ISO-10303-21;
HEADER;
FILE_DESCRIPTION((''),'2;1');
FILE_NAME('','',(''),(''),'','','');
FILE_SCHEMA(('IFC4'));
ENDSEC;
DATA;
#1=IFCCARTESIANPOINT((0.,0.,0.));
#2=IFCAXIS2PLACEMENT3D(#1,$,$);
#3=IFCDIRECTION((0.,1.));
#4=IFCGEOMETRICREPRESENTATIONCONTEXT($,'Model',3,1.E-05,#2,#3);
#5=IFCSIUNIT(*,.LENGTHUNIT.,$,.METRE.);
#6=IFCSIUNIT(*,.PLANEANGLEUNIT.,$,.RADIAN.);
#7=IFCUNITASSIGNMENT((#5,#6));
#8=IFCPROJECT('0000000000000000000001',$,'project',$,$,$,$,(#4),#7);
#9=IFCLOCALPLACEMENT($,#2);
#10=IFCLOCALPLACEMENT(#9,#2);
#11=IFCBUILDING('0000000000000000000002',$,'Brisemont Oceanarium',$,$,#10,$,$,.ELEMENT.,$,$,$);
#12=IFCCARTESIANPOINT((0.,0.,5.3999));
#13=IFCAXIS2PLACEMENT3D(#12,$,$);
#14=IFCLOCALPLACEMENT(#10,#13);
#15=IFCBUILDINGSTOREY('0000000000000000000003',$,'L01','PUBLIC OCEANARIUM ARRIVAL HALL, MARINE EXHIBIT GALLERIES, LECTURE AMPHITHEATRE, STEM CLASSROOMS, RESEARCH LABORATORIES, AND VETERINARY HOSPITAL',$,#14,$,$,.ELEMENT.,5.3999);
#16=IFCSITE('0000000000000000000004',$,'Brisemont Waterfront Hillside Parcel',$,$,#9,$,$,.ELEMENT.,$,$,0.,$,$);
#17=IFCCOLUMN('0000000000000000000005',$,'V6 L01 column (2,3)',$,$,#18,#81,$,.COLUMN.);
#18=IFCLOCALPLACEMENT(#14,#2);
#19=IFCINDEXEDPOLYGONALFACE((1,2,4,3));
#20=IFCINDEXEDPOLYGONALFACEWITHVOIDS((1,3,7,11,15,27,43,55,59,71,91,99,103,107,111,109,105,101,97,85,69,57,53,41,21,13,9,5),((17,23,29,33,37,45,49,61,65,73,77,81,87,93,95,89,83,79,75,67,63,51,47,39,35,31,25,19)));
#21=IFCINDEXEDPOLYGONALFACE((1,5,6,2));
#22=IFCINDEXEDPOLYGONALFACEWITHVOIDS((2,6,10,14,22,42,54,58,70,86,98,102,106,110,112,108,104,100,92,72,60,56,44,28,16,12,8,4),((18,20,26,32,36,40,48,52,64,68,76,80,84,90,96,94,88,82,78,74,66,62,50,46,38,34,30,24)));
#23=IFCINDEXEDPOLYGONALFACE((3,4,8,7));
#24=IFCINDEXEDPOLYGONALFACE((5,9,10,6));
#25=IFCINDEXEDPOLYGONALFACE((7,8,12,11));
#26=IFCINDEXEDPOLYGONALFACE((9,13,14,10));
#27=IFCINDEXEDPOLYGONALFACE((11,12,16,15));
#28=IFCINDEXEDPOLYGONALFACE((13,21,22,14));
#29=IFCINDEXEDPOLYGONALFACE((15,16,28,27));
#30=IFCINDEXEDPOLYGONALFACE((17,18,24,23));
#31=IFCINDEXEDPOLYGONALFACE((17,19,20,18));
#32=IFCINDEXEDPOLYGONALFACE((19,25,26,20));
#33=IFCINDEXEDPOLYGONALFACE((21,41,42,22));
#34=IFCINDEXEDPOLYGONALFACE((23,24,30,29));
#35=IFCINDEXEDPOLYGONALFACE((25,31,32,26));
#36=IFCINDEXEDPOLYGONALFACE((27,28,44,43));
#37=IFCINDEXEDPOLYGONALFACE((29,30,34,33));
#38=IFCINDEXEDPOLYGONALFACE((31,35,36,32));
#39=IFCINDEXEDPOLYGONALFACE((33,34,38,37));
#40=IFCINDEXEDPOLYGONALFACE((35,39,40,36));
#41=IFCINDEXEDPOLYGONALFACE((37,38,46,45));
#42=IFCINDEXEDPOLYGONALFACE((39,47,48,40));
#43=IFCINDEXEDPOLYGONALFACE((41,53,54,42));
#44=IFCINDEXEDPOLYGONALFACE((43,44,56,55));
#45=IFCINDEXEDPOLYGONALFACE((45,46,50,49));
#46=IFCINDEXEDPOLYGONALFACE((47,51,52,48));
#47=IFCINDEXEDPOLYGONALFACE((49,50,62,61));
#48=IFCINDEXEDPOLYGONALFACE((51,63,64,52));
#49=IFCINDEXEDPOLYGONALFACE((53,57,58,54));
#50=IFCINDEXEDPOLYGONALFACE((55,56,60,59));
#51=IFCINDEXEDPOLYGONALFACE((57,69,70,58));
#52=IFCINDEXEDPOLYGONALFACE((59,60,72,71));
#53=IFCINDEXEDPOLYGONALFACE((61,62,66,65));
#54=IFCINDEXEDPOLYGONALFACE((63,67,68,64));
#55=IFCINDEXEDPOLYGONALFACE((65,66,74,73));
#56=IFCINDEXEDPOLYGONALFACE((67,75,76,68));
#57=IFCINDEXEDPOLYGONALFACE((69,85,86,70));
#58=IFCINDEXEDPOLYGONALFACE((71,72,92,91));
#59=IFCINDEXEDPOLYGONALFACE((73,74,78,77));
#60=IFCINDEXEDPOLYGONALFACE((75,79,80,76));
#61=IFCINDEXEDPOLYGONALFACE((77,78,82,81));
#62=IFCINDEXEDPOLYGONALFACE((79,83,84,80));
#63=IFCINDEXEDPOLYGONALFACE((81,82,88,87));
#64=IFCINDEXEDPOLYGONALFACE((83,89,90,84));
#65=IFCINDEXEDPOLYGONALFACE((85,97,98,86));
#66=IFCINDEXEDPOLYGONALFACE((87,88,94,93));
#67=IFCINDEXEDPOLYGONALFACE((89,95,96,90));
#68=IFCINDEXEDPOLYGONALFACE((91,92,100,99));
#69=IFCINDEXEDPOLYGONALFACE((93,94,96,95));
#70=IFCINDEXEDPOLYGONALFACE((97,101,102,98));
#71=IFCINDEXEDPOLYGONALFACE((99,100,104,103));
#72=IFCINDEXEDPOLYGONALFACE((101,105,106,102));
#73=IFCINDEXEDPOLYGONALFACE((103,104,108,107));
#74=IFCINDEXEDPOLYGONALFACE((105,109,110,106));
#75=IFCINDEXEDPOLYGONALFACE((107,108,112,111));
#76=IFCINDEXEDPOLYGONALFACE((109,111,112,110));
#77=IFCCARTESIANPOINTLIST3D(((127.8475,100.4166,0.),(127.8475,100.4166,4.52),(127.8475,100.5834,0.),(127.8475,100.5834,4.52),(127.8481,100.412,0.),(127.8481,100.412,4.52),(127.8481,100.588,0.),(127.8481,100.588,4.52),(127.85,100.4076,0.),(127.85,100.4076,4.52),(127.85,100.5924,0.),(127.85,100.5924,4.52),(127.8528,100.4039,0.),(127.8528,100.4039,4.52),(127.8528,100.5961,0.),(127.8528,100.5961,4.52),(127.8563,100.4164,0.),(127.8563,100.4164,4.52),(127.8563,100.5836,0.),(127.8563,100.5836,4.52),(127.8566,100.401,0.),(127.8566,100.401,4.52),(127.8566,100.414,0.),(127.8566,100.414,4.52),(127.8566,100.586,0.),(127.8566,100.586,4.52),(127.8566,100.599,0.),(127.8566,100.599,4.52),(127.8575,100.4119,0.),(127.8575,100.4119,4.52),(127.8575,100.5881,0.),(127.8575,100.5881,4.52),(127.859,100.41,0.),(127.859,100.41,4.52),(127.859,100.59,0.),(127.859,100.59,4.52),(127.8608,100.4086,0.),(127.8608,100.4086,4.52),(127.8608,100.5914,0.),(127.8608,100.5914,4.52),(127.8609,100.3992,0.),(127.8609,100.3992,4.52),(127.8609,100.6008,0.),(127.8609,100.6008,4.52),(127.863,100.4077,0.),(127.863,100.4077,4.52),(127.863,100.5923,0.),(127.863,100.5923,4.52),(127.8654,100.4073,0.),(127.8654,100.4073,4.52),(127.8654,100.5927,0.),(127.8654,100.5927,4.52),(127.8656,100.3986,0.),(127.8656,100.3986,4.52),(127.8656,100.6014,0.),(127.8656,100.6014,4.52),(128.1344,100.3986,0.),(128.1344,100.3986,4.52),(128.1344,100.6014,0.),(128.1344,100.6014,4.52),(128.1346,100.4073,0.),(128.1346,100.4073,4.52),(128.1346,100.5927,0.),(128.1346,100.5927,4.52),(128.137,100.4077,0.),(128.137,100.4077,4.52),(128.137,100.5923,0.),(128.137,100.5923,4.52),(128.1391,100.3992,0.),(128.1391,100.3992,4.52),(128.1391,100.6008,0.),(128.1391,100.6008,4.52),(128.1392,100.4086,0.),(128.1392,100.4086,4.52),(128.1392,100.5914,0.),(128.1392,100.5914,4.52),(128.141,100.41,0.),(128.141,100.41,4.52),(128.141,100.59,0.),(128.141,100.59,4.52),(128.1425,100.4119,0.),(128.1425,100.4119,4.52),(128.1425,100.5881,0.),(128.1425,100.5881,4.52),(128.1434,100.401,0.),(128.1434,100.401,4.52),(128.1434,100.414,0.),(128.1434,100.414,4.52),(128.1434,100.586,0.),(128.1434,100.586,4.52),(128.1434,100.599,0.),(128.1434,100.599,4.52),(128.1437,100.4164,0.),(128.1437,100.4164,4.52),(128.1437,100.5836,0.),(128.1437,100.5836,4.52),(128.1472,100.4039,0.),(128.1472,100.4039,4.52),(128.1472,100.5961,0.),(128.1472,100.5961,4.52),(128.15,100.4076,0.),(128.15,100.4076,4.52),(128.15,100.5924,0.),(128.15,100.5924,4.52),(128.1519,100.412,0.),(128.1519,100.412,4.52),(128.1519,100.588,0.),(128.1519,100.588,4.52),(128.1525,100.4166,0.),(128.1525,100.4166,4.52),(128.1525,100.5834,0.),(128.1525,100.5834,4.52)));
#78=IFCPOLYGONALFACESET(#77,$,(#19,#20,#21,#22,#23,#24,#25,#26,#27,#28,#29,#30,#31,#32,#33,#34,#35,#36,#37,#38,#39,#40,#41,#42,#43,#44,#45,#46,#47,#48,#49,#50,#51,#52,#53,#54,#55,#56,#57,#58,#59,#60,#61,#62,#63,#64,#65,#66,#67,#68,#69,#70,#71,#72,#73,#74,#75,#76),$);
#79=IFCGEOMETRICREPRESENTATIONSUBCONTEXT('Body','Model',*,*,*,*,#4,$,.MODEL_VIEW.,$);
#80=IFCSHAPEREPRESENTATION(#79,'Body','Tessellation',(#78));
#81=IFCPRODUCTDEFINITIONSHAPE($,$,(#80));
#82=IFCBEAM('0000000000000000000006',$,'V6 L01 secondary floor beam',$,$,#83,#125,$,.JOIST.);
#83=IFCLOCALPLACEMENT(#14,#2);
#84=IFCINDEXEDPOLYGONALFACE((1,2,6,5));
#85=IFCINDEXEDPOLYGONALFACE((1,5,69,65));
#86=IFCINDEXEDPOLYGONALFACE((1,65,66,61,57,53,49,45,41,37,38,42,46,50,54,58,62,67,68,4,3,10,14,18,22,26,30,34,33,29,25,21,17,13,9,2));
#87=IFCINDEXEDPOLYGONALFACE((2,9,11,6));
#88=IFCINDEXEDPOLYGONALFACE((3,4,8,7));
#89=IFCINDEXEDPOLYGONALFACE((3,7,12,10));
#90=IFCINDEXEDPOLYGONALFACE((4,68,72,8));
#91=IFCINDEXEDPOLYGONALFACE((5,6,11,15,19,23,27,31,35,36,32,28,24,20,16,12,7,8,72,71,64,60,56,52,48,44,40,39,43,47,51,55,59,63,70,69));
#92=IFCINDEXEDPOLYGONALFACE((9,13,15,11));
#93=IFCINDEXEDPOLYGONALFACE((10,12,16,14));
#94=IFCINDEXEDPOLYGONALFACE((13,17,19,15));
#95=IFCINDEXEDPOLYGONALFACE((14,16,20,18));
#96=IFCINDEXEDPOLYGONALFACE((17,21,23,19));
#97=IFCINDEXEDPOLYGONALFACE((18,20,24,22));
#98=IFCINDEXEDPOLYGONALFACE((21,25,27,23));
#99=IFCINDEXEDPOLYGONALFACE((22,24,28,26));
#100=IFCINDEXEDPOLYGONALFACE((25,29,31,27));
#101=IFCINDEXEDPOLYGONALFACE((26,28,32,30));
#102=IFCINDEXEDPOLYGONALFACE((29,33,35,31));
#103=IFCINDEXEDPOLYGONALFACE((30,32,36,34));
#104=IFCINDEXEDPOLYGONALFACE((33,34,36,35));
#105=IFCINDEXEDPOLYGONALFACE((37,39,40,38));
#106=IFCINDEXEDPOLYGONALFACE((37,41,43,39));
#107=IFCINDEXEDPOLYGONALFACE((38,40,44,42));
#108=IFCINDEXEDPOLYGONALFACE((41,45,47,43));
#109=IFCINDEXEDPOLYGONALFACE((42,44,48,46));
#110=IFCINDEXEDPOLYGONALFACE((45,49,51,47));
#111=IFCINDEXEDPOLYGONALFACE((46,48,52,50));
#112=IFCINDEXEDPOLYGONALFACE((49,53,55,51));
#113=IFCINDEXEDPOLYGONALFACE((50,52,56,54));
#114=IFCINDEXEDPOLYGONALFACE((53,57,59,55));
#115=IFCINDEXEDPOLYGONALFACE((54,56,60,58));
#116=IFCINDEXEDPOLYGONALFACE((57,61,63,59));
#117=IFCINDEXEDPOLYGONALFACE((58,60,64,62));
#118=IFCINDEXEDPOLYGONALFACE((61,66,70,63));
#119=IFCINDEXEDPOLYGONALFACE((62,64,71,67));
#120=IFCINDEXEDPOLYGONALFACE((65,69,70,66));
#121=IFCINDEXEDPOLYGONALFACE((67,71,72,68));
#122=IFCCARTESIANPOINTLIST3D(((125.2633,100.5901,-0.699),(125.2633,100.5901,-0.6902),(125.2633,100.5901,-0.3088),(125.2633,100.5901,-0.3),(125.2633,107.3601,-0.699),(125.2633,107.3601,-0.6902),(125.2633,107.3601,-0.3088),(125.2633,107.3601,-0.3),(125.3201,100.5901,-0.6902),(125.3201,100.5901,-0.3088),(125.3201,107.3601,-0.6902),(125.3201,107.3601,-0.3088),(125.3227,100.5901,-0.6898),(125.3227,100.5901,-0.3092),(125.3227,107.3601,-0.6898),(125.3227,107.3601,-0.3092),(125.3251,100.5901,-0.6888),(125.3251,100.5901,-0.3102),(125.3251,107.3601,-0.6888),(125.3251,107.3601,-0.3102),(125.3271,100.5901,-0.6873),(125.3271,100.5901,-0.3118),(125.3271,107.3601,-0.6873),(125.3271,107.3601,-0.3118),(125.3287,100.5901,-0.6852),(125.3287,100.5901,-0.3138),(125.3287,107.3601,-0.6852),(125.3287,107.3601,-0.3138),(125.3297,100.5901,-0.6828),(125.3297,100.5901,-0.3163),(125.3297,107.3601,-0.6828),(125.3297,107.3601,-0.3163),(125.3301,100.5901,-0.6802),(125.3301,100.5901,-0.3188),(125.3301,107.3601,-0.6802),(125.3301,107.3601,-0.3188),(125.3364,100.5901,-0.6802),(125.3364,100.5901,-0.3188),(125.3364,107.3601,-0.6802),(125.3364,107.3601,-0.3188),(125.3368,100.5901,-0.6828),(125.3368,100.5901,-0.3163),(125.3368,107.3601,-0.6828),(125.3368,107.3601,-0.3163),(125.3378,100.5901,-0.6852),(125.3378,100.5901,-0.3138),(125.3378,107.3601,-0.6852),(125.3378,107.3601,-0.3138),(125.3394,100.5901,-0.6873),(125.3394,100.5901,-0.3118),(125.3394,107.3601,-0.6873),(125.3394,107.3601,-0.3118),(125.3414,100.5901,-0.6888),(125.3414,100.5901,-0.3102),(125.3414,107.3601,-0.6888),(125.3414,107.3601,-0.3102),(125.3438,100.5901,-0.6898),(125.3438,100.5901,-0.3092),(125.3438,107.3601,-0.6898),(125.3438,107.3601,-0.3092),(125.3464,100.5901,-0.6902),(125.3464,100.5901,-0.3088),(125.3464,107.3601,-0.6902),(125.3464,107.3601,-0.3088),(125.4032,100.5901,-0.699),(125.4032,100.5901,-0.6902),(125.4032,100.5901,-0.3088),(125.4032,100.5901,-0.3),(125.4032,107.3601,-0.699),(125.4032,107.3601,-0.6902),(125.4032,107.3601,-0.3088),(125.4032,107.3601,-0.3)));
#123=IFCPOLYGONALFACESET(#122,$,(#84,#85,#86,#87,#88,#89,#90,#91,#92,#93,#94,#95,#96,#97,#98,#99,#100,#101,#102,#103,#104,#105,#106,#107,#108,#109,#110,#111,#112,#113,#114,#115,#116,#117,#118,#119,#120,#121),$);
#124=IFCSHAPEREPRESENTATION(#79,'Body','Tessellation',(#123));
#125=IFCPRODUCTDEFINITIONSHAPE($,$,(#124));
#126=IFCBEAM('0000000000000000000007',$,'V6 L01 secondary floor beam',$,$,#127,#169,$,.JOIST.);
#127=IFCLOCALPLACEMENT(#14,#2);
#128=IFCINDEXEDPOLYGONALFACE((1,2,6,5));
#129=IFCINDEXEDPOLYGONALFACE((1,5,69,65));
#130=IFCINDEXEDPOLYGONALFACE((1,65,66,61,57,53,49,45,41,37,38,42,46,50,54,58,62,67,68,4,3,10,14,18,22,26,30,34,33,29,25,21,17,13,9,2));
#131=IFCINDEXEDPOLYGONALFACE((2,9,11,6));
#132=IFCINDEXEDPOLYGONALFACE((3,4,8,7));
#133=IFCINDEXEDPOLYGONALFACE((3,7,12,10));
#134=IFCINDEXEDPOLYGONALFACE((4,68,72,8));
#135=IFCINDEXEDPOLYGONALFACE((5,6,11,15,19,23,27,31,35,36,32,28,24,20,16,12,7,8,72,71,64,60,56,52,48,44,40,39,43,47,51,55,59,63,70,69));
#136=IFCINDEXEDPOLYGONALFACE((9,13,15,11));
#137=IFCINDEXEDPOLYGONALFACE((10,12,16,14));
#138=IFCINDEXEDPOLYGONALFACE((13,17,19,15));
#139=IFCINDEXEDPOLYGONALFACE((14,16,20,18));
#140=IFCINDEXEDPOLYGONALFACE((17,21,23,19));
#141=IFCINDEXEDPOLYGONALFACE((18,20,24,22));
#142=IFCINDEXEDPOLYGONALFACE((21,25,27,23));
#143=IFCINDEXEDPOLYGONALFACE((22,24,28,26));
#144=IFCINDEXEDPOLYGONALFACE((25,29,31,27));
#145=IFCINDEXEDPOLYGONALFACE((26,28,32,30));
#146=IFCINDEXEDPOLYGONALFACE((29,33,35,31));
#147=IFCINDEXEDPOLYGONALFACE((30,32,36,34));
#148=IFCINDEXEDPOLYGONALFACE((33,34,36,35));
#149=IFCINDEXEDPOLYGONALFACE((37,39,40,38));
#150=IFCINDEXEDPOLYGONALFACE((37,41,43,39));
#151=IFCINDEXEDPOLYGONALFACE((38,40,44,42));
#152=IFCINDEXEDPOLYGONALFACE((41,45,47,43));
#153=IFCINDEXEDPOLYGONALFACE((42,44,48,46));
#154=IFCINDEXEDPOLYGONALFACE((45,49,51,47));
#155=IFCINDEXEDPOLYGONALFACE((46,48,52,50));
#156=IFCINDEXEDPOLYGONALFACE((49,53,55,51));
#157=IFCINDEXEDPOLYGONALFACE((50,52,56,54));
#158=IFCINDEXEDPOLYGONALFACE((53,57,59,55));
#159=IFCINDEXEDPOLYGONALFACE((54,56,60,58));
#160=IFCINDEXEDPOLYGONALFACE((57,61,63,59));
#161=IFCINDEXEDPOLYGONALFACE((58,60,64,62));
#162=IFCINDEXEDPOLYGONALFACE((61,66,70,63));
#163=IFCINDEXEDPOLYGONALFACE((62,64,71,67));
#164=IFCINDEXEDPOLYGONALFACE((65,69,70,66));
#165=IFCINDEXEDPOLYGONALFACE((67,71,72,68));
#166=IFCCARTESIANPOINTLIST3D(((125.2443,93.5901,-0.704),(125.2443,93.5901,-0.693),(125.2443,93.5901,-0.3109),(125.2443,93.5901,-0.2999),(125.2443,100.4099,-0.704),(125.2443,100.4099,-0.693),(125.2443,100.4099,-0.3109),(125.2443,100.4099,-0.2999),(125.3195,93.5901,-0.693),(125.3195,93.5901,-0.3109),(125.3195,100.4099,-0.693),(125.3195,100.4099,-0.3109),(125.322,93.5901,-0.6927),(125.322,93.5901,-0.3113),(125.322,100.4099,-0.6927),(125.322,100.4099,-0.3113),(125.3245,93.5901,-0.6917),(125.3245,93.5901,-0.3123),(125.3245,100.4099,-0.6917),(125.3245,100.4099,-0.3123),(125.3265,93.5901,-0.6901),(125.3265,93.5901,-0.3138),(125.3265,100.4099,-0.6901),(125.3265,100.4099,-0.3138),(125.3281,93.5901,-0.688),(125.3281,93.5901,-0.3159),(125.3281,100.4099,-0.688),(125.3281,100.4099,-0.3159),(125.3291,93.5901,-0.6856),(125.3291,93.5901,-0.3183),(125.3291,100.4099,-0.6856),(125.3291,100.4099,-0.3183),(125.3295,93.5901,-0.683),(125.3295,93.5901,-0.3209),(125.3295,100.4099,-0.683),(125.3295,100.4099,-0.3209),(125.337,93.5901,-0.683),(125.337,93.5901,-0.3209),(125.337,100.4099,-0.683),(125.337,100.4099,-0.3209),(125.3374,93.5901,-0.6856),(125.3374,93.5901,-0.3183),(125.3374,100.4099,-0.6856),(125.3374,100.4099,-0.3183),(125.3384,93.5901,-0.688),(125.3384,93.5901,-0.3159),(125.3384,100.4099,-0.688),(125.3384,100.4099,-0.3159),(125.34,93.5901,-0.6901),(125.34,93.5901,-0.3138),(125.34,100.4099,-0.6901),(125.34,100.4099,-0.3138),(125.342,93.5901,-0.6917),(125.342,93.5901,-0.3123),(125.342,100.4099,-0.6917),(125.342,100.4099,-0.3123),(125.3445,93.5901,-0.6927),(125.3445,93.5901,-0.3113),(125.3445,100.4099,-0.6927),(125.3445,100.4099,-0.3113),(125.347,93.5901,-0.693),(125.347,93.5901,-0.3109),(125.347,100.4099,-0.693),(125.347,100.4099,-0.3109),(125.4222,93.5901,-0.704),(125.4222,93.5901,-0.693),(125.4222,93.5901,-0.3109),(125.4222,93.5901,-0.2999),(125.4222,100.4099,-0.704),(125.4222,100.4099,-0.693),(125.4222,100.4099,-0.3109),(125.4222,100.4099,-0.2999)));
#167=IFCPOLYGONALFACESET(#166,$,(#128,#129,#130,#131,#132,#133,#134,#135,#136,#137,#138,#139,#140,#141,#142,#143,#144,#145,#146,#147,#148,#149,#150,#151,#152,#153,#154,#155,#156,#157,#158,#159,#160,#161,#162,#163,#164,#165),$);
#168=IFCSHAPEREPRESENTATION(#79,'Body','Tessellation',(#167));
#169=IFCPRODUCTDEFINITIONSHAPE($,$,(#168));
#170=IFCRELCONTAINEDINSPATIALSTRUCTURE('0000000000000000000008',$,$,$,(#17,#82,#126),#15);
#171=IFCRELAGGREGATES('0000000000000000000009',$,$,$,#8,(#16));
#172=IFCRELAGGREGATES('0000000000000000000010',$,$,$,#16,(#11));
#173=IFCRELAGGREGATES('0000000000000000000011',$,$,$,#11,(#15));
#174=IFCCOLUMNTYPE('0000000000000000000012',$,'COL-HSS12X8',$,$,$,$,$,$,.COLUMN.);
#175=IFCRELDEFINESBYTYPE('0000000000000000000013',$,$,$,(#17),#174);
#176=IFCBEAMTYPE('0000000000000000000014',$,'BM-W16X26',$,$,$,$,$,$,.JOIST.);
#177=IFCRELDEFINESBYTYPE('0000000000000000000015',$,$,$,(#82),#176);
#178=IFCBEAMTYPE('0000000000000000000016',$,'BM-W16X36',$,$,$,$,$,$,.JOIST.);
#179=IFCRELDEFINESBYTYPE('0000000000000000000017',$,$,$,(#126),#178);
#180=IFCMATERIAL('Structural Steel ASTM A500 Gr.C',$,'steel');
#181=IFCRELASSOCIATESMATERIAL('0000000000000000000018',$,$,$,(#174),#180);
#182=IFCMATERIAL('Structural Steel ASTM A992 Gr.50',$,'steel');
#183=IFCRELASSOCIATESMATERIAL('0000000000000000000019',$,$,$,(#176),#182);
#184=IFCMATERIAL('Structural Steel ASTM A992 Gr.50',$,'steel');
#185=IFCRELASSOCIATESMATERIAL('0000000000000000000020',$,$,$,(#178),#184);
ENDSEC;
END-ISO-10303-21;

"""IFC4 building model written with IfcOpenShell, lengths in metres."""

from ifc_helpers import new_model, si_unit, direction, frame, origin, origin_2d, place, context, subcontext, project, spatial, hollow_rectangle, i_section, extrude, material, material_profile, profile_set, type_object, element, save


model = new_model("IFC4")

# Units and contexts
model_context = context("Model", 3, precision=1e-05, world=origin(), true_north=direction((0.0, 1.0)))
body_context = subcontext(model_context, "Body", "Model", "MODEL_VIEW")
ifc_project = project(units=[si_unit("LENGTHUNIT", "METRE"), si_unit("PLANEANGLEUNIT", "RADIAN")], contexts=[model_context])

# Site, building, storey
site_placement = place(None, origin())
site = spatial("IfcSite", under=ifc_project, at=site_placement, Name="Brisemont Waterfront Hillside Parcel", CompositionType="ELEMENT", RefElevation=0.0)
building_placement = place(site_placement, origin())
building = spatial("IfcBuilding", under=site, at=building_placement, Name="Brisemont Oceanarium", CompositionType="ELEMENT")
storey_placement = place(building_placement, frame((0.0, 0.0, 5.3999)))
storey = spatial("IfcBuildingStorey", under=building, at=storey_placement, Name="L01", Description="PUBLIC OCEANARIUM ARRIVAL HALL, MARINE EXHIBIT GALLERIES, LECTURE AMPHITHEATRE, STEM CLASSROOMS, RESEARCH LABORATORIES, AND VETERINARY HOSPITAL", CompositionType="ELEMENT", Elevation=5.3999)

# Column
ifc_material_1 = material(Name="Structural Steel ASTM A500 Gr.C", Category="steel")
ifc_material_profile_1 = material_profile(ifc_material_1, hollow_rectangle(XDim=0.2029, YDim=0.3049, WallThickness=0.0088, InnerFilletRadius=0.009, OuterFilletRadius=0.0181, at=origin_2d()), Name="HSS12X8X3/8")
ifc_profile_set_1 = profile_set([ifc_material_profile_1], Name="Structural Steel ASTM A500 Gr.C")
column_type_1 = type_object("IfcColumnType", Name="COL-HSS12X8", PredefinedType="COLUMN", material=ifc_profile_set_1)
column_1_placement = place(storey_placement, frame((128.0, 100.5, 0.0), z_axis=(0.0, 0.0, 1.0), x_axis=(0.0, 1.0, 0.0)))
element("IfcColumn", 1, at=column_1_placement, inside=storey, type_object=column_type_1, Name="V6 L01 column (2,3)", PredefinedType="COLUMN", context=body_context, shape_type="SweptSolid", body=[
    extrude(hollow_rectangle(XDim=0.2029, YDim=0.3049, WallThickness=0.0088, InnerFilletRadius=0.009, OuterFilletRadius=0.0181, at=origin_2d()), origin(), (0.0, 0.0, 1.0), 4.52),
])

# Beams
ifc_material_2 = material(Name="Structural Steel ASTM A992 Gr.50", Category="steel")
ifc_material_profile_2 = material_profile(ifc_material_2, i_section(OverallWidth=0.1399, OverallDepth=0.3989, WebThickness=0.0063, FlangeThickness=0.0088, FilletRadius=0.01, at=origin_2d()), Name="W16X26")
ifc_profile_set_2 = profile_set([ifc_material_profile_2], Name="Structural Steel ASTM A992 Gr.50")
beam_type_1 = type_object("IfcBeamType", Name="BM-W16X26", PredefinedType="JOIST", material=ifc_profile_set_2)
beam_1_placement = place(storey_placement, frame((125.3333, 100.5901, -0.4995), z_axis=(0.0, 1.0, 0.0), x_axis=(-1.0, 0.0, 0.0)))
element("IfcBeam", 2, at=beam_1_placement, inside=storey, type_object=beam_type_1, Name="V6 L01 secondary floor beam", PredefinedType="JOIST", context=body_context, shape_type="SweptSolid", body=[
    extrude(i_section(OverallWidth=0.1399, OverallDepth=0.3989, WebThickness=0.0063, FlangeThickness=0.0088, FilletRadius=0.01, at=origin_2d()), origin(), (0.0, 0.0, 1.0), 6.77),
])
ifc_material_3 = material(Name="Structural Steel ASTM A992 Gr.50", Category="steel")
ifc_material_profile_3 = material_profile(ifc_material_3, i_section(OverallWidth=0.178, OverallDepth=0.4041, WebThickness=0.0076, FlangeThickness=0.011, FilletRadius=0.01, at=origin_2d()), Name="W16X36")
ifc_profile_set_3 = profile_set([ifc_material_profile_3], Name="Structural Steel ASTM A992 Gr.50")
beam_type_2 = type_object("IfcBeamType", Name="BM-W16X36", PredefinedType="JOIST", material=ifc_profile_set_3)
beam_2_placement = place(storey_placement, frame((125.3333, 93.5901, -0.502), z_axis=(0.0, 1.0, 0.0), x_axis=(-1.0, 0.0, 0.0)))
element("IfcBeam", 3, at=beam_2_placement, inside=storey, type_object=beam_type_2, Name="V6 L01 secondary floor beam", PredefinedType="JOIST", context=body_context, shape_type="SweptSolid", body=[
    extrude(i_section(OverallWidth=0.178, OverallDepth=0.4041, WebThickness=0.0076, FlangeThickness=0.011, FilletRadius=0.01, at=origin_2d()), origin(), (0.0, 0.0, 1.0), 6.8198),
])

save(model, "model.ifc")
